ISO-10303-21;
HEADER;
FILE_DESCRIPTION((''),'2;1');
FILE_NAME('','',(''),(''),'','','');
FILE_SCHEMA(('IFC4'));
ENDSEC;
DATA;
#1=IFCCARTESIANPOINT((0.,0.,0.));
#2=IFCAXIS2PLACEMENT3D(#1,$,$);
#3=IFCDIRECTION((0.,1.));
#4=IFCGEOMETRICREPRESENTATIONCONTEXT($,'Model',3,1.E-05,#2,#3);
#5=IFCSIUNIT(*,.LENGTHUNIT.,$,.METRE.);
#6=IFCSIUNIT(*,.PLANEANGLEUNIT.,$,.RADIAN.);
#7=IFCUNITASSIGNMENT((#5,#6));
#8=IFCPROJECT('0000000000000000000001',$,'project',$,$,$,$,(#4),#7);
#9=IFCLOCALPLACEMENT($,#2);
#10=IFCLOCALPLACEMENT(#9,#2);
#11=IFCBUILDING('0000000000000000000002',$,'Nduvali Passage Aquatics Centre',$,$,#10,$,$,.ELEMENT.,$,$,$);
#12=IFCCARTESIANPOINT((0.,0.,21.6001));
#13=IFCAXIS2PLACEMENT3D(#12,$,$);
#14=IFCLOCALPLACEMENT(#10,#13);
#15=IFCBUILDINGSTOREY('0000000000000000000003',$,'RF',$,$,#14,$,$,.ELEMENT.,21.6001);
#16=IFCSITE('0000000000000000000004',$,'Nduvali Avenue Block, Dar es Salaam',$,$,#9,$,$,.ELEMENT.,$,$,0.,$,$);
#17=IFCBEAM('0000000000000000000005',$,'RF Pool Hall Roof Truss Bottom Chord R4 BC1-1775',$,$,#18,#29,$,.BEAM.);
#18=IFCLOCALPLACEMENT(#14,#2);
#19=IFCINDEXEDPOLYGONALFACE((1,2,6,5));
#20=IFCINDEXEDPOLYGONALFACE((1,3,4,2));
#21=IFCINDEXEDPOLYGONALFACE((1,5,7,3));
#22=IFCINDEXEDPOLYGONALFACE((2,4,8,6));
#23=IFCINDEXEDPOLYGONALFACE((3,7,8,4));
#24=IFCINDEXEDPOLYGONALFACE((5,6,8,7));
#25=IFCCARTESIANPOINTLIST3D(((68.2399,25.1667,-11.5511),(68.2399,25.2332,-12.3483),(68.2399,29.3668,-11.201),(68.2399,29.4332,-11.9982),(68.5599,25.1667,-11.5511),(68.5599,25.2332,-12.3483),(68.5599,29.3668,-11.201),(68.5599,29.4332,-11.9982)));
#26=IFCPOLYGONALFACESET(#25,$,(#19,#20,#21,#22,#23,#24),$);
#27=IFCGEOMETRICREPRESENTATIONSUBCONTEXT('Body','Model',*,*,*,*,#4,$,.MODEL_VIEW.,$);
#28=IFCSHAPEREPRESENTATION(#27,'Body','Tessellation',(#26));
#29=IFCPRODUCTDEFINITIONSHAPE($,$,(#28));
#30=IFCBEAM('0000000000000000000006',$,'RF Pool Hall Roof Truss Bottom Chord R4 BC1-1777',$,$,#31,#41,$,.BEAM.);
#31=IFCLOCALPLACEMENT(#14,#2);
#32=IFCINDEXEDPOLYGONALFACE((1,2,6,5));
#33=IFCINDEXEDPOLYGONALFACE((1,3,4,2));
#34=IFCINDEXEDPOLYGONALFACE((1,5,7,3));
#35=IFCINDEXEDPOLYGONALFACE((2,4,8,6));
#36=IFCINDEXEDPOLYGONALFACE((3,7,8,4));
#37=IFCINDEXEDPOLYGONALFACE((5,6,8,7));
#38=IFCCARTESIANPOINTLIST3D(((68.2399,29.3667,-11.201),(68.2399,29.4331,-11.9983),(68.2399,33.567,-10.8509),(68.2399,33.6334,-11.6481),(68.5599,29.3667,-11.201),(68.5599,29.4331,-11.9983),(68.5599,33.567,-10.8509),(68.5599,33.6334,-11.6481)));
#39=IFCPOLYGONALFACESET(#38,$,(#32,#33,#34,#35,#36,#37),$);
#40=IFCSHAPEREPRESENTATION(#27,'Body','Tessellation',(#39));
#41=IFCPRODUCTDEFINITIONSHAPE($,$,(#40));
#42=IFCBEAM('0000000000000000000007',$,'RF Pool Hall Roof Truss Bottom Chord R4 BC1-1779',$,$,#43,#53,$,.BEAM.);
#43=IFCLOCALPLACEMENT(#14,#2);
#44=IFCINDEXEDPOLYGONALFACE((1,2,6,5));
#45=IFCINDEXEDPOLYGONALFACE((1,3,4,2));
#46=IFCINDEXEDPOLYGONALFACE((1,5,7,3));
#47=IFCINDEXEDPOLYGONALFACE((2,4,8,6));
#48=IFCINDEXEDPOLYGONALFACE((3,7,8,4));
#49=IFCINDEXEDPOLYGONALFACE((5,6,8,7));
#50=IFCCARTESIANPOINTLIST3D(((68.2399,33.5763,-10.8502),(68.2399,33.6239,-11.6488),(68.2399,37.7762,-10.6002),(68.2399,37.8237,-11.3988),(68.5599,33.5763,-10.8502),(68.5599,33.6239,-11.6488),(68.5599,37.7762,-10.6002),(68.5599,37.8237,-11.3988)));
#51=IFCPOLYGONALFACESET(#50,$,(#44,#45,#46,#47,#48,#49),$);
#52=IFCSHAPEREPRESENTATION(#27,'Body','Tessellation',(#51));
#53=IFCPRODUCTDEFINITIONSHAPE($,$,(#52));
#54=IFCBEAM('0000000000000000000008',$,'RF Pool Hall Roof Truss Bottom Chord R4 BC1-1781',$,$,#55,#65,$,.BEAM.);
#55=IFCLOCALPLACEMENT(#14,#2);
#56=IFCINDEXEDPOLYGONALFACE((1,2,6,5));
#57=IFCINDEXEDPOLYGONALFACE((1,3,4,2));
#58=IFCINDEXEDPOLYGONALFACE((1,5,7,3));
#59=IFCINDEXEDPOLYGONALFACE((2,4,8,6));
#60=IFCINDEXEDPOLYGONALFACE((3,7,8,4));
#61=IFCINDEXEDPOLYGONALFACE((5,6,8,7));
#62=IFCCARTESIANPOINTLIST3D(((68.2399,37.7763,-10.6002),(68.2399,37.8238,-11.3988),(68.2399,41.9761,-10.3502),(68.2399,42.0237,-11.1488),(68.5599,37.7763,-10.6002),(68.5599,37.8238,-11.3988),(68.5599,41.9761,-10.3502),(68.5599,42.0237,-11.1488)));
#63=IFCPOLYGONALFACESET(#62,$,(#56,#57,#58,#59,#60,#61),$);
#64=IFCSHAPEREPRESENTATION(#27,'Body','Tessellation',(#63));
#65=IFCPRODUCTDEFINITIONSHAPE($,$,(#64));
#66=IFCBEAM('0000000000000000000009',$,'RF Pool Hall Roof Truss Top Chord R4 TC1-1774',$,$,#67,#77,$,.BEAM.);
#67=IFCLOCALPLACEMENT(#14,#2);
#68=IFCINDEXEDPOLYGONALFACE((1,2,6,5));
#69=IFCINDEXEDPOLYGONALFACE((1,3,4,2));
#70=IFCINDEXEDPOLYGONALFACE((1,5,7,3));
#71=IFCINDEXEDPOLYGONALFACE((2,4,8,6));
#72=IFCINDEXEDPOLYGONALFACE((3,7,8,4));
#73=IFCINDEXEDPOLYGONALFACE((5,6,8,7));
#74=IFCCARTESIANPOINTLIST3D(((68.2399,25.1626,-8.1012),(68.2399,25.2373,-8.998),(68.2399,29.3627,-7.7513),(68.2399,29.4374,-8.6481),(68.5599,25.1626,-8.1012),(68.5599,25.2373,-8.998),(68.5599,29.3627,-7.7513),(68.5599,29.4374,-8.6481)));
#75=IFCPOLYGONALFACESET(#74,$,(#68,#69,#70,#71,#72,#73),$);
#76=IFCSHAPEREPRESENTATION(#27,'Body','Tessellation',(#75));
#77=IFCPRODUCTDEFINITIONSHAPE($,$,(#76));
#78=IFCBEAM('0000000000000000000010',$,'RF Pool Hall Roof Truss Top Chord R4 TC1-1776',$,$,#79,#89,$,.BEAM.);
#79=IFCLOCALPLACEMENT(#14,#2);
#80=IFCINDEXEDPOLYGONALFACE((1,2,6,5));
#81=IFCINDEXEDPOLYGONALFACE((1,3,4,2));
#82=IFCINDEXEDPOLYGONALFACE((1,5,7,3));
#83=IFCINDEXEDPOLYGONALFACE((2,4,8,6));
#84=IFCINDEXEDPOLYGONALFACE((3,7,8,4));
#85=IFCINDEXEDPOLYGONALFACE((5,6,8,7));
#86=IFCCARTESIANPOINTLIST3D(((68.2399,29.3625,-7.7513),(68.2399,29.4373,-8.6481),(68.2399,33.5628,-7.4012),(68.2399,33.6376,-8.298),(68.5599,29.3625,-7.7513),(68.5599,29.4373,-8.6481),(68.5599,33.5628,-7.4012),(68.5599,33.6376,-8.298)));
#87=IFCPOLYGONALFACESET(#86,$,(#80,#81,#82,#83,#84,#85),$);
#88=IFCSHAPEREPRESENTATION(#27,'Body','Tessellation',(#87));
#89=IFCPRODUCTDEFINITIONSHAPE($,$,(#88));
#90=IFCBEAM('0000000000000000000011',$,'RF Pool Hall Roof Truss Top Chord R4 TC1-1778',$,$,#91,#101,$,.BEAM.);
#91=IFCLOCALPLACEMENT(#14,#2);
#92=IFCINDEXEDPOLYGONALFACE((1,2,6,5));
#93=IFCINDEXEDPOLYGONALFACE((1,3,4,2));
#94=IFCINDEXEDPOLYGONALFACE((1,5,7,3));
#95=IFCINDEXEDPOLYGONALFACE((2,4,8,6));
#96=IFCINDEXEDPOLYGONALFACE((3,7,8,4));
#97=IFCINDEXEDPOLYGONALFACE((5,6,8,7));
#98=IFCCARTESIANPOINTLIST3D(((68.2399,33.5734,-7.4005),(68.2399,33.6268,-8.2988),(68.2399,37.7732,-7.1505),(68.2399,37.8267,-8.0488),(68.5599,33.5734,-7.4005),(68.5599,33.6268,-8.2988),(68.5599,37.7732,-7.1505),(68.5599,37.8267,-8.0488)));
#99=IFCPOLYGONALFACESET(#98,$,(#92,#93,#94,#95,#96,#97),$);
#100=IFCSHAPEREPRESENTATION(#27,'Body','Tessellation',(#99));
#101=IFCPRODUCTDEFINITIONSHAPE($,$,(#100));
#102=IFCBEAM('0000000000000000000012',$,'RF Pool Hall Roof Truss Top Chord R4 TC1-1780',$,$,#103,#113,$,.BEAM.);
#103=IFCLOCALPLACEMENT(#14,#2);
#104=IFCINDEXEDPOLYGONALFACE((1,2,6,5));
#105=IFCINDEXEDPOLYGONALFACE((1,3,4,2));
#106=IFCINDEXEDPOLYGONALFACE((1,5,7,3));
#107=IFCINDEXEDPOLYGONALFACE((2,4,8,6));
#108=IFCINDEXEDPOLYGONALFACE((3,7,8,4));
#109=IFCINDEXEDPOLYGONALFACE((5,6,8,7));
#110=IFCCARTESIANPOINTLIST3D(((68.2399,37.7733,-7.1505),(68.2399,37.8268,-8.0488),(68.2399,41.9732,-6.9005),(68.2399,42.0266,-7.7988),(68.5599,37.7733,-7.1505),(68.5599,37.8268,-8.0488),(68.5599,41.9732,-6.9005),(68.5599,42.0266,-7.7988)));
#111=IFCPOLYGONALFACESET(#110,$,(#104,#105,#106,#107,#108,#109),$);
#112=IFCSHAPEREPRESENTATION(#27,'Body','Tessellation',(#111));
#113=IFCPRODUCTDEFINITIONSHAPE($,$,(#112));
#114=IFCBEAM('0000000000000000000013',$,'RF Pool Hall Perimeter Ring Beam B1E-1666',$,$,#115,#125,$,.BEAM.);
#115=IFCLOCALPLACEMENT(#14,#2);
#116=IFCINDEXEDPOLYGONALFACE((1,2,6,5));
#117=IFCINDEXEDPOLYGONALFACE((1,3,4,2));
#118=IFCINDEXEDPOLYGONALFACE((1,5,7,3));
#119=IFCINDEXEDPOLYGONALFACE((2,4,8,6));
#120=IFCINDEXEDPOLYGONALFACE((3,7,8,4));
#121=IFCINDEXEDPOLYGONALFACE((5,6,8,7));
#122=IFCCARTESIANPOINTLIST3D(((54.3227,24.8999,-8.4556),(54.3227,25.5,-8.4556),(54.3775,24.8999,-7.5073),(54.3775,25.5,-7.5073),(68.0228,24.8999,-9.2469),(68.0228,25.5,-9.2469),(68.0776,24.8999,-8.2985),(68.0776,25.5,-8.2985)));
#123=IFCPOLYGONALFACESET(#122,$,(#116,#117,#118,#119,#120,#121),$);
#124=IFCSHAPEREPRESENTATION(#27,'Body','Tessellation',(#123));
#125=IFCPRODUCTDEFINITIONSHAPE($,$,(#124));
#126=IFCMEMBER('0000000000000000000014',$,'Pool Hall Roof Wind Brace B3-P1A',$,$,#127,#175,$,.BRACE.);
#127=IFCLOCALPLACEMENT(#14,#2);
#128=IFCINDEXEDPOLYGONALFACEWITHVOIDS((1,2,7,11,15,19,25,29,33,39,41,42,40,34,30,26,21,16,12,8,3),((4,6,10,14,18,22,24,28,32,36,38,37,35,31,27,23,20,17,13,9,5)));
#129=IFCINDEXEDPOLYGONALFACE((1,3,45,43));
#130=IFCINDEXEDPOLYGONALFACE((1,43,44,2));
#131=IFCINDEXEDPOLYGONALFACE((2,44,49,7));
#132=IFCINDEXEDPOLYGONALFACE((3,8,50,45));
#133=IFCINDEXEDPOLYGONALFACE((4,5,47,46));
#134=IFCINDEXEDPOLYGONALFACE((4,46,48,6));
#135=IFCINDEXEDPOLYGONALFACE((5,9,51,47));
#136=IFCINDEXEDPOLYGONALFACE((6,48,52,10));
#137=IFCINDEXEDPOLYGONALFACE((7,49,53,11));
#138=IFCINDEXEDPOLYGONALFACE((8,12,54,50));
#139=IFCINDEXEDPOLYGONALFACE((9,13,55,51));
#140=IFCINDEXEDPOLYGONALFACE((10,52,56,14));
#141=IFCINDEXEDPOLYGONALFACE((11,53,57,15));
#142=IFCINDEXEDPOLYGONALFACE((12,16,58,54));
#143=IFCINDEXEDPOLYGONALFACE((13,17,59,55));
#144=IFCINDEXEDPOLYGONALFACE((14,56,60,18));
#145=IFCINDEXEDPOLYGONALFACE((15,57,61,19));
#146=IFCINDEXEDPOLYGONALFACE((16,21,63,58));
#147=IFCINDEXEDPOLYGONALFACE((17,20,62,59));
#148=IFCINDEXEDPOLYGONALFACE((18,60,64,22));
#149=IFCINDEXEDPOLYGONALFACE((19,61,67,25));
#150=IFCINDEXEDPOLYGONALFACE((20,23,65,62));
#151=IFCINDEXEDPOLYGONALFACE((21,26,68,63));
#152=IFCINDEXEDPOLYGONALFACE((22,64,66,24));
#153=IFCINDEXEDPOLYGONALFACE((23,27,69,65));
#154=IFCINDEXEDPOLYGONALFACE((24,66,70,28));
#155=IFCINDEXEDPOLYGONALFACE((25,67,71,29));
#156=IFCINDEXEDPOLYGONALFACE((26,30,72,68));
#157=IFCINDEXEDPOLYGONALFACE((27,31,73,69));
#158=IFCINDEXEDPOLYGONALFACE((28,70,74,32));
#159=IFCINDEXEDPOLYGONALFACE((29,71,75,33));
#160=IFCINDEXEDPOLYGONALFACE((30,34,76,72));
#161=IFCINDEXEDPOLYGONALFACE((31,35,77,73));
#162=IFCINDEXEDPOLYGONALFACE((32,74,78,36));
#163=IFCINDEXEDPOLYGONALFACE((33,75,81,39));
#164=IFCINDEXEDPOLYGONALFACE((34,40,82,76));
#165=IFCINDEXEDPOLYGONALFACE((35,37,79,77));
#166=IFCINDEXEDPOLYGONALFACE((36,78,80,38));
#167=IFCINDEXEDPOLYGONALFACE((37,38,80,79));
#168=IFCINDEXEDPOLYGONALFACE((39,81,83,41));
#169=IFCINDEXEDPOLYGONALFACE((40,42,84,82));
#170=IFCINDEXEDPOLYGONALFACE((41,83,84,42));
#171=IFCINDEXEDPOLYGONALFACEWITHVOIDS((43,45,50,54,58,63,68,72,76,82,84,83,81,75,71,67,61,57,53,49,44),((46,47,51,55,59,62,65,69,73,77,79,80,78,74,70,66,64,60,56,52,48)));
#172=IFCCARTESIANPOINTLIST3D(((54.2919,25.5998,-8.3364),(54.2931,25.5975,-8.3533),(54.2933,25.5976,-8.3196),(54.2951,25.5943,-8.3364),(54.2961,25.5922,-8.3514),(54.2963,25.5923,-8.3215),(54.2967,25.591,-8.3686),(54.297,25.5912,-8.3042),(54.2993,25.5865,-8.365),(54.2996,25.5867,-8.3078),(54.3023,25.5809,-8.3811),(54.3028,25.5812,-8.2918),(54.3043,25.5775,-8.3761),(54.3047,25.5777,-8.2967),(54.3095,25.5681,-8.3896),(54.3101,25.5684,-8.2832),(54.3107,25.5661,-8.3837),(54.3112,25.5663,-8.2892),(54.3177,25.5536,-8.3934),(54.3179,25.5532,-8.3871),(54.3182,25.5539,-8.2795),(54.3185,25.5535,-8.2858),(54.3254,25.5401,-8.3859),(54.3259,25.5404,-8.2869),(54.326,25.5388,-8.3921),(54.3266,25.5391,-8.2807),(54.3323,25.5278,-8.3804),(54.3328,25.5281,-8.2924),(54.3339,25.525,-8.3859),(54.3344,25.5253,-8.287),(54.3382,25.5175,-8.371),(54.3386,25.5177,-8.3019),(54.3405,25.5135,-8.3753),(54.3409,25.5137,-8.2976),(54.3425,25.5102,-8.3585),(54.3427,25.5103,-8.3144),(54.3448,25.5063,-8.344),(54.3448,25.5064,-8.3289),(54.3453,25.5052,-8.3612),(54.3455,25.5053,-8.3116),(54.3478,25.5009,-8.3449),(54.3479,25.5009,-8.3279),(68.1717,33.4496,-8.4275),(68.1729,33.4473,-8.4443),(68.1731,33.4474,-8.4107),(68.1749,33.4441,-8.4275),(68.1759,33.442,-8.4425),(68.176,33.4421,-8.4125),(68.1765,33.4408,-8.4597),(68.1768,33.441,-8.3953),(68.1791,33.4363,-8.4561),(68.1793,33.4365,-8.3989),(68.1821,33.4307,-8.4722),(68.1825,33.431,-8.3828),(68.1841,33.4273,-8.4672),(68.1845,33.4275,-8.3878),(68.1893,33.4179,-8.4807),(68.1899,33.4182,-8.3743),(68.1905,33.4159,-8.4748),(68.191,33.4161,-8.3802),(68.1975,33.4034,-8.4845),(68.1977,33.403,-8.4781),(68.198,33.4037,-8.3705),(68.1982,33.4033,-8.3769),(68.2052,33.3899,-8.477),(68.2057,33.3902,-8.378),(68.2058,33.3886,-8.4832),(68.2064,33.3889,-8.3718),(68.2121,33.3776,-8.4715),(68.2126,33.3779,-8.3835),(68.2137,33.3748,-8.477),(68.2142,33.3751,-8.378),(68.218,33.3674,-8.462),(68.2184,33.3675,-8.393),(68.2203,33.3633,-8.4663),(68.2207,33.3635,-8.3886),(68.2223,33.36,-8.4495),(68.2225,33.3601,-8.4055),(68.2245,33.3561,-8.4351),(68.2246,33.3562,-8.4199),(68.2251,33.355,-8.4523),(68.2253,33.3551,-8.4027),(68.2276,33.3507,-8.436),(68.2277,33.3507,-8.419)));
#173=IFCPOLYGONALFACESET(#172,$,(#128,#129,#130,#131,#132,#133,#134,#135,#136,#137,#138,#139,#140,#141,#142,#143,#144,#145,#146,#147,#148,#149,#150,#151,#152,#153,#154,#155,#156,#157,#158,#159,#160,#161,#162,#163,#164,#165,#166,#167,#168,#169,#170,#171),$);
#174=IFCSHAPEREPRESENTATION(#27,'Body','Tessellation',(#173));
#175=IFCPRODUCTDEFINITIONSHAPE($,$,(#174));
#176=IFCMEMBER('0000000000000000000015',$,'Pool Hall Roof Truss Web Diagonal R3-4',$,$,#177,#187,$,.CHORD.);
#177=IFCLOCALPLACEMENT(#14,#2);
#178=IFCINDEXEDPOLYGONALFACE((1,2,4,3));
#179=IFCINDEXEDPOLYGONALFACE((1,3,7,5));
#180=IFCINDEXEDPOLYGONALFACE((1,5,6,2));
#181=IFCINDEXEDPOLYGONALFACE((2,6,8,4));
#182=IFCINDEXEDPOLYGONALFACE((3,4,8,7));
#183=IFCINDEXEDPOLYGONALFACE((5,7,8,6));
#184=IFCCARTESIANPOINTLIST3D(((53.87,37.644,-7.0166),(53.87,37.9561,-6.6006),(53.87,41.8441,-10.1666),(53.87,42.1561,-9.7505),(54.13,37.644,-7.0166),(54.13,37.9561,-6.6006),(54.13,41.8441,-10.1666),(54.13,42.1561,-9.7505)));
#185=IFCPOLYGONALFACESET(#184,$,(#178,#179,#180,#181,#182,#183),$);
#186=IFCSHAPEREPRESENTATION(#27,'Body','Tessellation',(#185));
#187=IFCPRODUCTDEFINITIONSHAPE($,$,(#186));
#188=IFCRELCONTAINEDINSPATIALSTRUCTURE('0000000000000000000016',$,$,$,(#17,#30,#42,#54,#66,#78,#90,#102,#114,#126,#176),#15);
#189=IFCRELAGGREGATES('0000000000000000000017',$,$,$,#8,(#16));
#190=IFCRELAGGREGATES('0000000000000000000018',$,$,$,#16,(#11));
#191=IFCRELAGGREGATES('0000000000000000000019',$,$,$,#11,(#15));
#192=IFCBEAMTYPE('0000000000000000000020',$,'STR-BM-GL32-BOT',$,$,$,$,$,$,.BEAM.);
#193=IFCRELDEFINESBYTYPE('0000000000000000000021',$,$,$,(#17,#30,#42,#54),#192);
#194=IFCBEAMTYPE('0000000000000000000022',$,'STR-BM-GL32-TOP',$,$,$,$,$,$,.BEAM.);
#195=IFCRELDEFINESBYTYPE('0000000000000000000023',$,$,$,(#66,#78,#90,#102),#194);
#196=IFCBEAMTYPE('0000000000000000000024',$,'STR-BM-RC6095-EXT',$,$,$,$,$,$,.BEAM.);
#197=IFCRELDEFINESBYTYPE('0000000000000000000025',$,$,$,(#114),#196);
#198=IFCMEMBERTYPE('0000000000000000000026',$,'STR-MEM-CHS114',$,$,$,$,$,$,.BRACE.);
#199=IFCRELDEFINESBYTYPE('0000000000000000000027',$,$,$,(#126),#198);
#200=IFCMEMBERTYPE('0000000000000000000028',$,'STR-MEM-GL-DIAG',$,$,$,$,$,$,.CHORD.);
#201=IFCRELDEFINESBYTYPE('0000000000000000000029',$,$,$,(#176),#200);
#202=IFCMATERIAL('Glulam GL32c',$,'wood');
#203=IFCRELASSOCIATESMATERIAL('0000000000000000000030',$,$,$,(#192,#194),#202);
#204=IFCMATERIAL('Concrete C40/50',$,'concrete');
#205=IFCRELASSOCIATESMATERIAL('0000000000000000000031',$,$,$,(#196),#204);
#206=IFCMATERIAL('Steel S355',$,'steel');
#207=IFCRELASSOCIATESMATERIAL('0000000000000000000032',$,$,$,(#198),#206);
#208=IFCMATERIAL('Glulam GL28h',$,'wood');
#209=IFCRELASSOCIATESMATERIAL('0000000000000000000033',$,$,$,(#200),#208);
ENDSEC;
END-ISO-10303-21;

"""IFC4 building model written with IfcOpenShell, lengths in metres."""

from ifc_helpers import new_model, si_unit, direction, frame, origin, origin_2d, place, context, subcontext, project, spatial, rectangle, hollow_circle, extrude, material, material_profile, profile_set, type_object, element, save


model = new_model("IFC4")

# Units and contexts
model_context = context("Model", 3, precision=1e-05, world=origin(), true_north=direction((0.0, 1.0)))
body_context = subcontext(model_context, "Body", "Model", "MODEL_VIEW")
ifc_project = project(units=[si_unit("LENGTHUNIT", "METRE"), si_unit("PLANEANGLEUNIT", "RADIAN")], contexts=[model_context])

# Site, building, storey
site_placement = place(None, origin())
site = spatial("IfcSite", under=ifc_project, at=site_placement, Name="Nduvali Avenue Block, Dar es Salaam", CompositionType="ELEMENT", RefElevation=0.0)
building_placement = place(site_placement, origin())
building = spatial("IfcBuilding", under=site, at=building_placement, Name="Nduvali Passage Aquatics Centre", CompositionType="ELEMENT")
storey_placement = place(building_placement, frame((0.0, 0.0, 21.6001)))
storey = spatial("IfcBuildingStorey", under=building, at=storey_placement, Name="RF", CompositionType="ELEMENT", Elevation=21.6001)

# Beams
ifc_material_1 = material(Name="Glulam GL32c", Category="wood")
ifc_material_profile_1 = material_profile(ifc_material_1, rectangle(XDim=0.3201, YDim=0.8, at=origin_2d()), Name="GL32c 320x800")
ifc_profile_set_1 = profile_set([ifc_material_profile_1], Name="Glulam GL32c")
beam_type_1 = type_object("IfcBeamType", Name="STR-BM-GL32-BOT", PredefinedType="BEAM", material=ifc_profile_set_1)
beam_1_placement = place(storey_placement, frame((68.3999, 25.2, -11.9497), z_axis=(0.0, 0.996544, 0.083069), x_axis=(-1.0, 0.0, 0.0)))
element("IfcBeam", 1, at=beam_1_placement, inside=storey, type_object=beam_type_1, Name="RF Pool Hall Roof Truss Bottom Chord R4 BC1-1775", PredefinedType="BEAM", context=body_context, shape_type="SweptSolid", body=[
    extrude(rectangle(XDim=0.3201, YDim=0.8, at=origin_2d()), origin(), (0.0, 0.0, 1.0), 4.2146),
])
beam_2_placement = place(storey_placement, frame((68.3999, 29.3999, -11.5996), z_axis=(0.0, 0.996544, 0.083065), x_axis=(-1.0, 0.0, 0.0)))
element("IfcBeam", 2, at=beam_2_placement, inside=storey, type_object=beam_type_1, Name="RF Pool Hall Roof Truss Bottom Chord R4 BC1-1777", PredefinedType="BEAM", context=body_context, shape_type="SweptSolid", body=[
    extrude(rectangle(XDim=0.3201, YDim=0.8, at=origin_2d()), origin(), (0.0, 0.0, 1.0), 4.2148),
])
for number, where, z_axis, x_axis, name in (
    (3, (68.3999, 33.6001, -11.2495), (0.0, 0.998233, 0.059419), (-1.0, 0.0, 0.0), "RF Pool Hall Roof Truss Bottom Chord R4 BC1-1779"),
    (4, (68.3999, 37.8, -10.9995), (0.0, 0.998233, 0.059419), (-1.0, 0.0, 0.0), "RF Pool Hall Roof Truss Bottom Chord R4 BC1-1781"),
):
    element("IfcBeam", number, at=place(storey_placement, frame(where, z_axis=z_axis, x_axis=x_axis)), inside=storey, type_object=beam_type_1, Name=name, PredefinedType="BEAM", context=body_context, shape_type="SweptSolid", body=[
        extrude(rectangle(XDim=0.3201, YDim=0.8, at=origin_2d()), origin(), (0.0, 0.0, 1.0), 4.2073),
    ])
ifc_material_profile_2 = material_profile(ifc_material_1, rectangle(XDim=0.3201, YDim=0.8999, at=origin_2d()), Name="GL32c 320x900")
ifc_profile_set_2 = profile_set([ifc_material_profile_2], Name="Glulam GL32c")
beam_type_2 = type_object("IfcBeamType", Name="STR-BM-GL32-TOP", PredefinedType="BEAM", material=ifc_profile_set_2)
beam_3_placement = place(storey_placement, frame((68.3999, 25.2, -8.5496), z_axis=(0.0, 0.996549, 0.083012), x_axis=(-1.0, 0.0, 0.0)))
element("IfcBeam", 5, at=beam_3_placement, inside=storey, type_object=beam_type_2, Name="RF Pool Hall Roof Truss Top Chord R4 TC1-1774", PredefinedType="BEAM", context=body_context, shape_type="SweptSolid", body=[
    extrude(rectangle(XDim=0.3201, YDim=0.8999, at=origin_2d()), origin(), (0.0, 0.0, 1.0), 4.2146),
])
beam_4_placement = place(storey_placement, frame((68.3999, 29.3999, -8.1997), z_axis=(0.0, 0.996544, 0.083065), x_axis=(-1.0, 0.0, 0.0)))
element("IfcBeam", 6, at=beam_4_placement, inside=storey, type_object=beam_type_2, Name="RF Pool Hall Roof Truss Top Chord R4 TC1-1776", PredefinedType="BEAM", context=body_context, shape_type="SweptSolid", body=[
    extrude(rectangle(XDim=0.3201, YDim=0.8999, at=origin_2d()), origin(), (0.0, 0.0, 1.0), 4.2148),
])
for number, where, z_axis, x_axis, name in (
    (7, (68.3999, 33.6001, -7.8496), (0.0, 0.998233, 0.059419), (-1.0, 0.0, 0.0), "RF Pool Hall Roof Truss Top Chord R4 TC1-1778"),
    (8, (68.3999, 37.8, -7.5996), (0.0, 0.998233, 0.059419), (-1.0, 0.0, 0.0), "RF Pool Hall Roof Truss Top Chord R4 TC1-1780"),
):
    element("IfcBeam", number, at=place(storey_placement, frame(where, z_axis=z_axis, x_axis=x_axis)), inside=storey, type_object=beam_type_2, Name=name, PredefinedType="BEAM", context=body_context, shape_type="SweptSolid", body=[
        extrude(rectangle(XDim=0.3201, YDim=0.8999, at=origin_2d()), origin(), (0.0, 0.0, 1.0), 4.2073),
    ])
ifc_material_2 = material(Name="Concrete C40/50", Category="concrete")
ifc_material_profile_3 = material_profile(ifc_material_2, rectangle(XDim=0.6001, YDim=0.95, at=origin_2d()), Name="RC 600x950")
ifc_profile_set_3 = profile_set([ifc_material_profile_3], Name="Concrete C40/50")
beam_type_3 = type_object("IfcBeamType", Name="STR-BM-RC6095-EXT", PredefinedType="BEAM", material=ifc_profile_set_3)
beam_5_placement = place(storey_placement, frame((54.3501, 25.2, -7.9814), z_axis=(0.998336, 0.0, -0.05766), x_axis=(0.0, 1.0, 0.0)))
element("IfcBeam", 9, at=beam_5_placement, inside=storey, type_object=beam_type_3, Name="RF Pool Hall Perimeter Ring Beam B1E-1666", PredefinedType="BEAM", context=body_context, shape_type="SweptSolid", body=[
    extrude(rectangle(XDim=0.6001, YDim=0.95, at=origin_2d()), origin(), (0.0, 0.0, 1.0), 13.7229),
])

# Members
ifc_material_3 = material(Name="Steel S355", Category="steel")
ifc_material_profile_4 = material_profile(ifc_material_3, hollow_circle(Radius=0.0571, WallThickness=0.0063, at=origin_2d()), Name="CHS 114.3x6.3")
ifc_profile_set_4 = profile_set([ifc_material_profile_4], Name="Steel S355")
member_type_1 = type_object("IfcMemberType", Name="STR-MEM-CHS114", PredefinedType="BRACE", material=ifc_profile_set_4)
member_1_placement = place(storey_placement, frame((54.3201, 25.55, -8.3364), z_axis=(0.870422, 0.492273, -0.005711), x_axis=(-0.492281, 0.870436, 0.0)))
element("IfcMember", 10, at=member_1_placement, inside=storey, type_object=member_type_1, Name="Pool Hall Roof Wind Brace B3-P1A", PredefinedType="BRACE", context=body_context, shape_type="SweptSolid", body=[
    extrude(hollow_circle(Radius=0.0571, WallThickness=0.0063, at=origin_2d()), origin(), (0.0, 0.0, 1.0), 15.946),
])
ifc_material_4 = material(Name="Glulam GL28h", Category="wood")
ifc_material_profile_5 = material_profile(ifc_material_4, rectangle(XDim=0.26, YDim=0.52, at=origin_2d()), Name="GL28h 260x520")
ifc_profile_set_5 = profile_set([ifc_material_profile_5], Name="Glulam GL28h")
member_type_2 = type_object("IfcMemberType", Name="STR-MEM-GL-DIAG", PredefinedType="CHORD", material=ifc_profile_set_5)
member_2_placement = place(storey_placement, frame((54.0, 37.8, -6.8086), z_axis=(0.0, 0.800006, -0.599993), x_axis=(-1.0, 0.0, 0.0)))
element("IfcMember", 11, at=member_2_placement, inside=storey, type_object=member_type_2, Name="Pool Hall Roof Truss Web Diagonal R3-4", PredefinedType="CHORD", context=body_context, shape_type="SweptSolid", body=[
    extrude(rectangle(XDim=0.26, YDim=0.52, at=origin_2d()), origin(), (0.0, 0.0, 1.0), 5.25),
])

save(model, "model.ifc")
